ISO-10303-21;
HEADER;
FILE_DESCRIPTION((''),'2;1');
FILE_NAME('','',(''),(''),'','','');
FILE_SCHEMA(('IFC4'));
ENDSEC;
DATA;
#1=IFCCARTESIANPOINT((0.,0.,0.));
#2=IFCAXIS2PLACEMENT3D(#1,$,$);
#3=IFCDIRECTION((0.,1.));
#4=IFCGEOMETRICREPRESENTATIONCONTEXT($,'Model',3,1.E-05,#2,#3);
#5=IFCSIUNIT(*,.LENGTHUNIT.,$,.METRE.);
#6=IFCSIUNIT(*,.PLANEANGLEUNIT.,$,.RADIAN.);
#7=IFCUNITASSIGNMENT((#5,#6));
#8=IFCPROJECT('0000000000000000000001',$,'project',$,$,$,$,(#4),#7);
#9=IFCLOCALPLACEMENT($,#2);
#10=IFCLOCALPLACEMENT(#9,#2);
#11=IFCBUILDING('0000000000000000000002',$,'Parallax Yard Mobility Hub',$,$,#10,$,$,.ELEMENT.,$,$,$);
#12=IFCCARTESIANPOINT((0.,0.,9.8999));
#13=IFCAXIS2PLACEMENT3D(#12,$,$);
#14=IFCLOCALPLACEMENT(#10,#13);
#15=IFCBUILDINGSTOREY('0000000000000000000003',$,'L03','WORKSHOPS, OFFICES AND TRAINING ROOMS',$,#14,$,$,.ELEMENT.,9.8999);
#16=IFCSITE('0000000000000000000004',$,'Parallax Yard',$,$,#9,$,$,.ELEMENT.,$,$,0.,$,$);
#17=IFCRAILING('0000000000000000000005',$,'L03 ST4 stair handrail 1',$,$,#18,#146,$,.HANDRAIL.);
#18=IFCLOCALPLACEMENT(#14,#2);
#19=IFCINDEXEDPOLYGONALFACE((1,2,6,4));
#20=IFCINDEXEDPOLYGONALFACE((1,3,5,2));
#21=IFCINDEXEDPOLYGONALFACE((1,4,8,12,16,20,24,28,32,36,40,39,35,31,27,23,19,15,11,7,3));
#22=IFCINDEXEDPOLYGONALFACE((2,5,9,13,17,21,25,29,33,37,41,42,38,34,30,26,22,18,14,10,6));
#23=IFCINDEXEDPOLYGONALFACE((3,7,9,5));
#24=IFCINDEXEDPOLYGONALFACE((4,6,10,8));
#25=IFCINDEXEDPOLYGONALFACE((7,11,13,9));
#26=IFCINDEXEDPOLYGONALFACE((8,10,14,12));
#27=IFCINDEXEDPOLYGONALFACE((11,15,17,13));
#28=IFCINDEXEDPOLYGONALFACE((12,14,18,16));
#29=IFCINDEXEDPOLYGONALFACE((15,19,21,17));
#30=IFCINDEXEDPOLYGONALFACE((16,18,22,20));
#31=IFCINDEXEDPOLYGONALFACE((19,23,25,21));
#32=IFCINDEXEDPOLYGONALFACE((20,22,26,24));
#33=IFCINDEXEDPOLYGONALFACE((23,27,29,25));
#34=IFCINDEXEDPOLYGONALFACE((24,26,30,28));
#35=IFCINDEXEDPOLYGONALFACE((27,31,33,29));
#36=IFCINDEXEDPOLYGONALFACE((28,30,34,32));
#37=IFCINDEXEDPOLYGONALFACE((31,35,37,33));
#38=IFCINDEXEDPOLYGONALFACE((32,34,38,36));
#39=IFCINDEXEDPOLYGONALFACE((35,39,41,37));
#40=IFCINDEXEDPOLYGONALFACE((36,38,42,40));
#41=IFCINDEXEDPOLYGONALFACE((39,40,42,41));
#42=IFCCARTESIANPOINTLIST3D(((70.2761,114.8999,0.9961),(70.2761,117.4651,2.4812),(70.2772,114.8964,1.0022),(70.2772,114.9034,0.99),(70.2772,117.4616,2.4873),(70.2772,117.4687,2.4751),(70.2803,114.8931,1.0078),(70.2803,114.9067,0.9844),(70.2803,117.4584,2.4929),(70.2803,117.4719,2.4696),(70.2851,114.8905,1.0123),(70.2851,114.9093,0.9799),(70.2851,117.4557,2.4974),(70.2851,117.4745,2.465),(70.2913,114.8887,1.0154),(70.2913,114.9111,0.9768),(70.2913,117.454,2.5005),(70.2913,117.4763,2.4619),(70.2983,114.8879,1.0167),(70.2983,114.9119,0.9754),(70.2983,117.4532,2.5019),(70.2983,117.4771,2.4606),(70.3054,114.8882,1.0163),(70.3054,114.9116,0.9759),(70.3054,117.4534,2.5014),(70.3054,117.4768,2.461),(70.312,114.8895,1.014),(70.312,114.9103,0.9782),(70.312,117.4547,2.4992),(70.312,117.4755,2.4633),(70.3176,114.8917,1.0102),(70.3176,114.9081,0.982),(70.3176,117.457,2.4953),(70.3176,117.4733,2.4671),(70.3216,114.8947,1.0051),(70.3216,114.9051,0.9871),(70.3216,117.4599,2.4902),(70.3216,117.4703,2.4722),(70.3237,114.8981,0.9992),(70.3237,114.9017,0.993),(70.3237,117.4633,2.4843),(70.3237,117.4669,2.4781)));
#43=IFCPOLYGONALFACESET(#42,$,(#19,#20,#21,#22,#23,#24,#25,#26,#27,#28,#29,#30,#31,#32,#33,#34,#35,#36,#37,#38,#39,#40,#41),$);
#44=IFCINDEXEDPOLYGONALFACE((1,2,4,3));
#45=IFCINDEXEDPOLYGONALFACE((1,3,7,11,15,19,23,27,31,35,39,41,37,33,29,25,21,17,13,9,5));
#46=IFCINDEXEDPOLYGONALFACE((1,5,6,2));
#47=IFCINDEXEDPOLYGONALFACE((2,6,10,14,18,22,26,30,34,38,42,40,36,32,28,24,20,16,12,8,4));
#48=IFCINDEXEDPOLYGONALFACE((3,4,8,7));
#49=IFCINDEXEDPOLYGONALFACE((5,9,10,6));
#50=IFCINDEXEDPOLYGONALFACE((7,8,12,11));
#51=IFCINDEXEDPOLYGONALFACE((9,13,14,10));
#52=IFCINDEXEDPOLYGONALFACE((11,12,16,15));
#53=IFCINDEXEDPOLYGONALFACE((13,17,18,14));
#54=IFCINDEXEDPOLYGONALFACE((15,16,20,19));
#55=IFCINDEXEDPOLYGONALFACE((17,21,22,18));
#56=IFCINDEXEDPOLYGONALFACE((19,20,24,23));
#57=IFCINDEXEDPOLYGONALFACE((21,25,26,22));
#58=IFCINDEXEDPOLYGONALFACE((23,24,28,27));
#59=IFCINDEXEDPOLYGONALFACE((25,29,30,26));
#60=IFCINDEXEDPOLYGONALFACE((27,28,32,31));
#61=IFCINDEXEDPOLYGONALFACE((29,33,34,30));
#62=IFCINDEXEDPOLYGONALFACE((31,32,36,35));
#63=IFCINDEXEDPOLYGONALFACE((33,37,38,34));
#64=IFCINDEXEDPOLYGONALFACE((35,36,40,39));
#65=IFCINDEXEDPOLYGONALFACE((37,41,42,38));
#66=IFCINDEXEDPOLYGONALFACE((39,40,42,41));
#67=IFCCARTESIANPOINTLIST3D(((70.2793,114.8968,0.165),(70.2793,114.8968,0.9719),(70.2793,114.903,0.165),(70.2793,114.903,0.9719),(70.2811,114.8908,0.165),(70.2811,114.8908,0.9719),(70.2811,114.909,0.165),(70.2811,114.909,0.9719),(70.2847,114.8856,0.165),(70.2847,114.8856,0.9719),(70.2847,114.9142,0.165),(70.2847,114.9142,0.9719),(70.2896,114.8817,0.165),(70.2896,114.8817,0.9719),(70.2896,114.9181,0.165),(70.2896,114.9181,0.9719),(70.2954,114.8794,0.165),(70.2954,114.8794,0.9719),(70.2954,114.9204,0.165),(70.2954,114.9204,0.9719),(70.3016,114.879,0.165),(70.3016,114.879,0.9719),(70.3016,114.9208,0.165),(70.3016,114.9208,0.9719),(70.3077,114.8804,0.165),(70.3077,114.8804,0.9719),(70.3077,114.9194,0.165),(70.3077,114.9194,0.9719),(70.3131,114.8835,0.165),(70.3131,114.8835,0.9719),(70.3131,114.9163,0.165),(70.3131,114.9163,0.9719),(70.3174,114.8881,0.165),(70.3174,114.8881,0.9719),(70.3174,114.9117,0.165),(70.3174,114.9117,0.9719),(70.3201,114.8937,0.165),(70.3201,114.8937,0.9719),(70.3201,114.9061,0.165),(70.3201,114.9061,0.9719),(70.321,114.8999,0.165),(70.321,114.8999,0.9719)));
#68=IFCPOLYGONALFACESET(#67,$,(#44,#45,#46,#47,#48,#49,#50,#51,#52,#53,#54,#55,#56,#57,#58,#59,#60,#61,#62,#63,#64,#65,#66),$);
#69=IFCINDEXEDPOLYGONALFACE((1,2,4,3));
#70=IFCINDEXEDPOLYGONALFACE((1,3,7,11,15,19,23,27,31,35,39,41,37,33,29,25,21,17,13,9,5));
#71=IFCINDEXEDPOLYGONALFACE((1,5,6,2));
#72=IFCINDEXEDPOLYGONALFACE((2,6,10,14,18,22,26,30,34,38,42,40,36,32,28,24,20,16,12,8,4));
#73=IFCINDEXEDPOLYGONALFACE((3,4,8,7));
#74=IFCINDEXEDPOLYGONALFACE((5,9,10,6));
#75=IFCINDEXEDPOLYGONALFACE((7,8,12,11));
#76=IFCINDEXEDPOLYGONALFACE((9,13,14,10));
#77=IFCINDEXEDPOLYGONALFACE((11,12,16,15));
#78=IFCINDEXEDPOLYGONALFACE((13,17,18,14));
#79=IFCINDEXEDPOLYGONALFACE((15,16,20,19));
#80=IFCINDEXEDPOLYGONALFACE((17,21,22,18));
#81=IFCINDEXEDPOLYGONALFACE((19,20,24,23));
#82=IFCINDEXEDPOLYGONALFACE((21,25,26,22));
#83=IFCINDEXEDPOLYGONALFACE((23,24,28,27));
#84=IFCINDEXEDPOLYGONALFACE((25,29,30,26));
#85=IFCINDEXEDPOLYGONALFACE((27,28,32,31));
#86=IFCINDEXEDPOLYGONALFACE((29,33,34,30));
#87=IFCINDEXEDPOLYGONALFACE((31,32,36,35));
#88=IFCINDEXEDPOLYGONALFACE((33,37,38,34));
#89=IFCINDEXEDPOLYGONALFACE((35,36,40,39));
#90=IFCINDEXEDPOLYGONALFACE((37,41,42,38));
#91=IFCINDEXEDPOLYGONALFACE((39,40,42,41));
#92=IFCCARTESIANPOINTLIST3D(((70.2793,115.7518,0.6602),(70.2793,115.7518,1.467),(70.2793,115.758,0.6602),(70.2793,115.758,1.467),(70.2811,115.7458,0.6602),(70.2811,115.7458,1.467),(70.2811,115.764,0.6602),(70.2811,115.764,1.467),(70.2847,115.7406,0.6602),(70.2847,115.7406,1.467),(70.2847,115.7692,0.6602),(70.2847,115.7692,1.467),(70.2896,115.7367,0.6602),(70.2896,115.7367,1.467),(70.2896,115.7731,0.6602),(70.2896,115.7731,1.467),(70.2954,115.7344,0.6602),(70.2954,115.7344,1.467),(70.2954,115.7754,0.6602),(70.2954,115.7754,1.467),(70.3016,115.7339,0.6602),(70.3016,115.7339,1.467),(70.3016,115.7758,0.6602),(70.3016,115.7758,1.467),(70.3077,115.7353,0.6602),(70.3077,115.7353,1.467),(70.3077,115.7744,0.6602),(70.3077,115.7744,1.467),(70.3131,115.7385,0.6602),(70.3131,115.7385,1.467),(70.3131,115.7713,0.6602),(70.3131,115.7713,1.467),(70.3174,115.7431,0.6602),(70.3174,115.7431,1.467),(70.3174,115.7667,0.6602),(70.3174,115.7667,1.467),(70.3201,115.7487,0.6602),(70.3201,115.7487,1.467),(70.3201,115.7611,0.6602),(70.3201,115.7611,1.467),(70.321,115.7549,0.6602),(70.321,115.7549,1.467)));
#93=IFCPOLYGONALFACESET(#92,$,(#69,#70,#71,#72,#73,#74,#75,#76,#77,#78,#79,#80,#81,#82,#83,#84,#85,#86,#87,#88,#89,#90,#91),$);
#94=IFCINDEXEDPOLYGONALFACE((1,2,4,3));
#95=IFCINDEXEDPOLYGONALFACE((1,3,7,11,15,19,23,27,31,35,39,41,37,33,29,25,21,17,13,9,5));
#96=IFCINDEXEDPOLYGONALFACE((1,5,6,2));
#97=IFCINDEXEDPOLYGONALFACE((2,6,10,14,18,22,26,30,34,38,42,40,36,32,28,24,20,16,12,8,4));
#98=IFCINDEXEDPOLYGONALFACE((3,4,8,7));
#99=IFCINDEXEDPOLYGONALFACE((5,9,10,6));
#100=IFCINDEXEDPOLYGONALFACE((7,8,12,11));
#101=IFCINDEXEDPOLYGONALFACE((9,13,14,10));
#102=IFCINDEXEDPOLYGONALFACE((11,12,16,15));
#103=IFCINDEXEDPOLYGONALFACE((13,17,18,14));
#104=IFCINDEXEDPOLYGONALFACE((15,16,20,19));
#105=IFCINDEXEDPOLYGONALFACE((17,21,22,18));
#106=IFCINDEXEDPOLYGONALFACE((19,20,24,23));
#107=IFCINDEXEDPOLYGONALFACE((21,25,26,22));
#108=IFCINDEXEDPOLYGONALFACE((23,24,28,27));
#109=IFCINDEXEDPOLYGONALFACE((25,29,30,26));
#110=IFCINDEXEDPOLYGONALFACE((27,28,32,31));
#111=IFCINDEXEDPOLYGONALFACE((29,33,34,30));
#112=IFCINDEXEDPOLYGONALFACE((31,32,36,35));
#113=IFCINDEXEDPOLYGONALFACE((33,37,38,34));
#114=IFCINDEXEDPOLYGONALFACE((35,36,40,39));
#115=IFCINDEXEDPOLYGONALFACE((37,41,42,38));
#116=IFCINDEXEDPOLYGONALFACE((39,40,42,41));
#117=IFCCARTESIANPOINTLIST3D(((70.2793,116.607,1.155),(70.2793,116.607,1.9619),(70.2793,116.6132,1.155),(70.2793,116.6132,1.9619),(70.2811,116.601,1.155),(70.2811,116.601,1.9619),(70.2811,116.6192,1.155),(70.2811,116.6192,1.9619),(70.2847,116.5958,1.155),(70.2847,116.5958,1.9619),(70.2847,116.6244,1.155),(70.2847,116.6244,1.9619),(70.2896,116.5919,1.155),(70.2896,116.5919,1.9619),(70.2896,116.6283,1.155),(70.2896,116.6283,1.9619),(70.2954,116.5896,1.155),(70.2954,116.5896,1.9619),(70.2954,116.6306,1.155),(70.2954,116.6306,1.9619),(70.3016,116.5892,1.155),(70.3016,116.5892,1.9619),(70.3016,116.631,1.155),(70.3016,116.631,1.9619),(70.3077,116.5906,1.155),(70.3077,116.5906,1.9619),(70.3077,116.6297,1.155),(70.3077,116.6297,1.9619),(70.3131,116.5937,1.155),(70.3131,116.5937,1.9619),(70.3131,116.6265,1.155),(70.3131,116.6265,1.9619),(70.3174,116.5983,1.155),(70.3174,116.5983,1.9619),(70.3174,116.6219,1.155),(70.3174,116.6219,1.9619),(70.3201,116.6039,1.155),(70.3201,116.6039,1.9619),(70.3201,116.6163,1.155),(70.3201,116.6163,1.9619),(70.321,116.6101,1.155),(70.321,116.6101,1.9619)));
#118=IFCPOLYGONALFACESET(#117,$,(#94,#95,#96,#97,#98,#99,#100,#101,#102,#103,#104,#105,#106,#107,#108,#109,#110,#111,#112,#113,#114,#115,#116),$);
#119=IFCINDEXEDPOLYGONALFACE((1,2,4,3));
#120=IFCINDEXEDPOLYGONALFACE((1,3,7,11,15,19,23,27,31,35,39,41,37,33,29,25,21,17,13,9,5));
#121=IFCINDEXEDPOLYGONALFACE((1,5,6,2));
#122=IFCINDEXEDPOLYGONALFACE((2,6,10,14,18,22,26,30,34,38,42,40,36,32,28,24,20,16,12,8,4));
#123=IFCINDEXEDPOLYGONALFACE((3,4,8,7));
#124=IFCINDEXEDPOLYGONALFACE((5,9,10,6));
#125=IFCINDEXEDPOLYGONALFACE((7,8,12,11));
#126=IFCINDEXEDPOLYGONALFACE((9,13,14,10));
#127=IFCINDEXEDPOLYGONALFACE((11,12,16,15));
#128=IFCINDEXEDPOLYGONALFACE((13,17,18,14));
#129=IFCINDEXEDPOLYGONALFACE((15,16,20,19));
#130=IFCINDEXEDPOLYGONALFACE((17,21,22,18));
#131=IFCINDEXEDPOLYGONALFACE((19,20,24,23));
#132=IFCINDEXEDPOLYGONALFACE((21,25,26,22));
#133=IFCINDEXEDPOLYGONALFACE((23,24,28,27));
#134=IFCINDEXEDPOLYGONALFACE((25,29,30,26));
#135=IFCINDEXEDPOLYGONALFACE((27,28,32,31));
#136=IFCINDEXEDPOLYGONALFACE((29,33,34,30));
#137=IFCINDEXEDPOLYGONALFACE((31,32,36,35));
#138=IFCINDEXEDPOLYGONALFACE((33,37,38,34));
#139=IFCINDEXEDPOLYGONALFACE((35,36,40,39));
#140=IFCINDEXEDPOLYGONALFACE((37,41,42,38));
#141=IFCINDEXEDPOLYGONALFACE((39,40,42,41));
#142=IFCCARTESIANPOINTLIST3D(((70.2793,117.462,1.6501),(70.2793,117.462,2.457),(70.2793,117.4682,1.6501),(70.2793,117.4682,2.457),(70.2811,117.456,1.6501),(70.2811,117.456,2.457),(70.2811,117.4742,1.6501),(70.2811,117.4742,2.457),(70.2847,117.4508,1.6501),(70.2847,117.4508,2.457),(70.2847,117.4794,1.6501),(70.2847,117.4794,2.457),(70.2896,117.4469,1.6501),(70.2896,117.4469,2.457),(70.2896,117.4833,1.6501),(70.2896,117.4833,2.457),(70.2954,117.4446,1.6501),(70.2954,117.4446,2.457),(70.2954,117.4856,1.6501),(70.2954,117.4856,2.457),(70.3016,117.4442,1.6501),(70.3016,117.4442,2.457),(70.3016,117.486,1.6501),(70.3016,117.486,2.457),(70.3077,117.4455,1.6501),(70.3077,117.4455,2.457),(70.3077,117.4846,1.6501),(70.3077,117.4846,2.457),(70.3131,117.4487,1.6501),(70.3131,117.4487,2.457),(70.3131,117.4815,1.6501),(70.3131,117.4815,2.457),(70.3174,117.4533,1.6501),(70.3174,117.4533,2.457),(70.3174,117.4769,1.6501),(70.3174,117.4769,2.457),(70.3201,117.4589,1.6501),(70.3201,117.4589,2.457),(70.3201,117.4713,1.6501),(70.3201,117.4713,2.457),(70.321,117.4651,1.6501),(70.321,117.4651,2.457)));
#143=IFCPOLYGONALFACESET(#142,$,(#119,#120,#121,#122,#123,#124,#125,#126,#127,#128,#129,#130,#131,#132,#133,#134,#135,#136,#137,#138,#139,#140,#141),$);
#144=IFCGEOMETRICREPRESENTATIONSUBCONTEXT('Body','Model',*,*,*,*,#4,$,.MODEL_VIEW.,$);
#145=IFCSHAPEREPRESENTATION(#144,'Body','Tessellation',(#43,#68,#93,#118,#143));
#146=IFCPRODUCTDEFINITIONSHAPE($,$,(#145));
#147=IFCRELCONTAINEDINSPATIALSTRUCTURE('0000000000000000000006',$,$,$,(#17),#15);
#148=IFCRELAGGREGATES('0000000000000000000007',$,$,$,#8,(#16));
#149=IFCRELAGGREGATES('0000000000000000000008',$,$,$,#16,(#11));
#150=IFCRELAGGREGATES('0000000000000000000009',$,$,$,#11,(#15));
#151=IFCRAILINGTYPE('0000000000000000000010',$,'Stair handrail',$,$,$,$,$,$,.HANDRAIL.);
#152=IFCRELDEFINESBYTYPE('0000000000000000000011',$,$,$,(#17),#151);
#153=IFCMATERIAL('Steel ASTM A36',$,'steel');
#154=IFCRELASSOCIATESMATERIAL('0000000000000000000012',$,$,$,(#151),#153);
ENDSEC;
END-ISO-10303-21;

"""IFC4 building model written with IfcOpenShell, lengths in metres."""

from ifc_helpers import new_model, si_unit, direction, frame, origin, origin_2d, place, context, subcontext, project, spatial, circle, extrude, material, type_object, element, save


model = new_model("IFC4")

# Units and contexts
model_context = context("Model", 3, precision=1e-05, world=origin(), true_north=direction((0.0, 1.0)))
body_context = subcontext(model_context, "Body", "Model", "MODEL_VIEW")
ifc_project = project(units=[si_unit("LENGTHUNIT", "METRE"), si_unit("PLANEANGLEUNIT", "RADIAN")], contexts=[model_context])

# Site, building, storey
site_placement = place(None, origin())
site = spatial("IfcSite", under=ifc_project, at=site_placement, Name="Parallax Yard", CompositionType="ELEMENT", RefElevation=0.0)
building_placement = place(site_placement, origin())
building = spatial("IfcBuilding", under=site, at=building_placement, Name="Parallax Yard Mobility Hub", CompositionType="ELEMENT")
storey_placement = place(building_placement, frame((0.0, 0.0, 9.8999)))
storey = spatial("IfcBuildingStorey", under=building, at=storey_placement, Name="L03", Description="WORKSHOPS, OFFICES AND TRAINING ROOMS", CompositionType="ELEMENT", Elevation=9.8999)

# Railing
ifc_material_1 = material(Name="Steel ASTM A36", Category="steel")
railing_type_1 = type_object("IfcRailingType", Name="Stair handrail", PredefinedType="HANDRAIL", material=ifc_material_1)
railing_1_placement = place(storey_placement, frame((70.3, 114.8999, 0.165)))
element("IfcRailing", 1, at=railing_1_placement, inside=storey, type_object=railing_type_1, Name="L03 ST4 stair handrail 1", PredefinedType="HANDRAIL", context=body_context, shape_type="SweptSolid", body=[
    extrude(circle(Radius=0.0239, at=origin_2d()), frame((0.0, 0.0, 0.8311), z_axis=(0.0, 0.865426, 0.501036), x_axis=(-1.0, 0.0, 0.0)), (0.0, 0.0, 1.0), 2.9641),
    extrude(circle(Radius=0.021, at=origin_2d()), origin(), (0.0, 0.0, 1.0), 0.8069),
    extrude(circle(Radius=0.021, at=origin_2d()), frame((0.0, 0.855, 0.4951)), (0.0, 0.0, 1.0), 0.8069),
    extrude(circle(Radius=0.021, at=origin_2d()), frame((0.0, 1.7102, 0.99)), (0.0, 0.0, 1.0), 0.8069),
    extrude(circle(Radius=0.021, at=origin_2d()), frame((0.0, 2.5652, 1.4851)), (0.0, 0.0, 1.0), 0.8069),
])

save(model, "model.ifc")
